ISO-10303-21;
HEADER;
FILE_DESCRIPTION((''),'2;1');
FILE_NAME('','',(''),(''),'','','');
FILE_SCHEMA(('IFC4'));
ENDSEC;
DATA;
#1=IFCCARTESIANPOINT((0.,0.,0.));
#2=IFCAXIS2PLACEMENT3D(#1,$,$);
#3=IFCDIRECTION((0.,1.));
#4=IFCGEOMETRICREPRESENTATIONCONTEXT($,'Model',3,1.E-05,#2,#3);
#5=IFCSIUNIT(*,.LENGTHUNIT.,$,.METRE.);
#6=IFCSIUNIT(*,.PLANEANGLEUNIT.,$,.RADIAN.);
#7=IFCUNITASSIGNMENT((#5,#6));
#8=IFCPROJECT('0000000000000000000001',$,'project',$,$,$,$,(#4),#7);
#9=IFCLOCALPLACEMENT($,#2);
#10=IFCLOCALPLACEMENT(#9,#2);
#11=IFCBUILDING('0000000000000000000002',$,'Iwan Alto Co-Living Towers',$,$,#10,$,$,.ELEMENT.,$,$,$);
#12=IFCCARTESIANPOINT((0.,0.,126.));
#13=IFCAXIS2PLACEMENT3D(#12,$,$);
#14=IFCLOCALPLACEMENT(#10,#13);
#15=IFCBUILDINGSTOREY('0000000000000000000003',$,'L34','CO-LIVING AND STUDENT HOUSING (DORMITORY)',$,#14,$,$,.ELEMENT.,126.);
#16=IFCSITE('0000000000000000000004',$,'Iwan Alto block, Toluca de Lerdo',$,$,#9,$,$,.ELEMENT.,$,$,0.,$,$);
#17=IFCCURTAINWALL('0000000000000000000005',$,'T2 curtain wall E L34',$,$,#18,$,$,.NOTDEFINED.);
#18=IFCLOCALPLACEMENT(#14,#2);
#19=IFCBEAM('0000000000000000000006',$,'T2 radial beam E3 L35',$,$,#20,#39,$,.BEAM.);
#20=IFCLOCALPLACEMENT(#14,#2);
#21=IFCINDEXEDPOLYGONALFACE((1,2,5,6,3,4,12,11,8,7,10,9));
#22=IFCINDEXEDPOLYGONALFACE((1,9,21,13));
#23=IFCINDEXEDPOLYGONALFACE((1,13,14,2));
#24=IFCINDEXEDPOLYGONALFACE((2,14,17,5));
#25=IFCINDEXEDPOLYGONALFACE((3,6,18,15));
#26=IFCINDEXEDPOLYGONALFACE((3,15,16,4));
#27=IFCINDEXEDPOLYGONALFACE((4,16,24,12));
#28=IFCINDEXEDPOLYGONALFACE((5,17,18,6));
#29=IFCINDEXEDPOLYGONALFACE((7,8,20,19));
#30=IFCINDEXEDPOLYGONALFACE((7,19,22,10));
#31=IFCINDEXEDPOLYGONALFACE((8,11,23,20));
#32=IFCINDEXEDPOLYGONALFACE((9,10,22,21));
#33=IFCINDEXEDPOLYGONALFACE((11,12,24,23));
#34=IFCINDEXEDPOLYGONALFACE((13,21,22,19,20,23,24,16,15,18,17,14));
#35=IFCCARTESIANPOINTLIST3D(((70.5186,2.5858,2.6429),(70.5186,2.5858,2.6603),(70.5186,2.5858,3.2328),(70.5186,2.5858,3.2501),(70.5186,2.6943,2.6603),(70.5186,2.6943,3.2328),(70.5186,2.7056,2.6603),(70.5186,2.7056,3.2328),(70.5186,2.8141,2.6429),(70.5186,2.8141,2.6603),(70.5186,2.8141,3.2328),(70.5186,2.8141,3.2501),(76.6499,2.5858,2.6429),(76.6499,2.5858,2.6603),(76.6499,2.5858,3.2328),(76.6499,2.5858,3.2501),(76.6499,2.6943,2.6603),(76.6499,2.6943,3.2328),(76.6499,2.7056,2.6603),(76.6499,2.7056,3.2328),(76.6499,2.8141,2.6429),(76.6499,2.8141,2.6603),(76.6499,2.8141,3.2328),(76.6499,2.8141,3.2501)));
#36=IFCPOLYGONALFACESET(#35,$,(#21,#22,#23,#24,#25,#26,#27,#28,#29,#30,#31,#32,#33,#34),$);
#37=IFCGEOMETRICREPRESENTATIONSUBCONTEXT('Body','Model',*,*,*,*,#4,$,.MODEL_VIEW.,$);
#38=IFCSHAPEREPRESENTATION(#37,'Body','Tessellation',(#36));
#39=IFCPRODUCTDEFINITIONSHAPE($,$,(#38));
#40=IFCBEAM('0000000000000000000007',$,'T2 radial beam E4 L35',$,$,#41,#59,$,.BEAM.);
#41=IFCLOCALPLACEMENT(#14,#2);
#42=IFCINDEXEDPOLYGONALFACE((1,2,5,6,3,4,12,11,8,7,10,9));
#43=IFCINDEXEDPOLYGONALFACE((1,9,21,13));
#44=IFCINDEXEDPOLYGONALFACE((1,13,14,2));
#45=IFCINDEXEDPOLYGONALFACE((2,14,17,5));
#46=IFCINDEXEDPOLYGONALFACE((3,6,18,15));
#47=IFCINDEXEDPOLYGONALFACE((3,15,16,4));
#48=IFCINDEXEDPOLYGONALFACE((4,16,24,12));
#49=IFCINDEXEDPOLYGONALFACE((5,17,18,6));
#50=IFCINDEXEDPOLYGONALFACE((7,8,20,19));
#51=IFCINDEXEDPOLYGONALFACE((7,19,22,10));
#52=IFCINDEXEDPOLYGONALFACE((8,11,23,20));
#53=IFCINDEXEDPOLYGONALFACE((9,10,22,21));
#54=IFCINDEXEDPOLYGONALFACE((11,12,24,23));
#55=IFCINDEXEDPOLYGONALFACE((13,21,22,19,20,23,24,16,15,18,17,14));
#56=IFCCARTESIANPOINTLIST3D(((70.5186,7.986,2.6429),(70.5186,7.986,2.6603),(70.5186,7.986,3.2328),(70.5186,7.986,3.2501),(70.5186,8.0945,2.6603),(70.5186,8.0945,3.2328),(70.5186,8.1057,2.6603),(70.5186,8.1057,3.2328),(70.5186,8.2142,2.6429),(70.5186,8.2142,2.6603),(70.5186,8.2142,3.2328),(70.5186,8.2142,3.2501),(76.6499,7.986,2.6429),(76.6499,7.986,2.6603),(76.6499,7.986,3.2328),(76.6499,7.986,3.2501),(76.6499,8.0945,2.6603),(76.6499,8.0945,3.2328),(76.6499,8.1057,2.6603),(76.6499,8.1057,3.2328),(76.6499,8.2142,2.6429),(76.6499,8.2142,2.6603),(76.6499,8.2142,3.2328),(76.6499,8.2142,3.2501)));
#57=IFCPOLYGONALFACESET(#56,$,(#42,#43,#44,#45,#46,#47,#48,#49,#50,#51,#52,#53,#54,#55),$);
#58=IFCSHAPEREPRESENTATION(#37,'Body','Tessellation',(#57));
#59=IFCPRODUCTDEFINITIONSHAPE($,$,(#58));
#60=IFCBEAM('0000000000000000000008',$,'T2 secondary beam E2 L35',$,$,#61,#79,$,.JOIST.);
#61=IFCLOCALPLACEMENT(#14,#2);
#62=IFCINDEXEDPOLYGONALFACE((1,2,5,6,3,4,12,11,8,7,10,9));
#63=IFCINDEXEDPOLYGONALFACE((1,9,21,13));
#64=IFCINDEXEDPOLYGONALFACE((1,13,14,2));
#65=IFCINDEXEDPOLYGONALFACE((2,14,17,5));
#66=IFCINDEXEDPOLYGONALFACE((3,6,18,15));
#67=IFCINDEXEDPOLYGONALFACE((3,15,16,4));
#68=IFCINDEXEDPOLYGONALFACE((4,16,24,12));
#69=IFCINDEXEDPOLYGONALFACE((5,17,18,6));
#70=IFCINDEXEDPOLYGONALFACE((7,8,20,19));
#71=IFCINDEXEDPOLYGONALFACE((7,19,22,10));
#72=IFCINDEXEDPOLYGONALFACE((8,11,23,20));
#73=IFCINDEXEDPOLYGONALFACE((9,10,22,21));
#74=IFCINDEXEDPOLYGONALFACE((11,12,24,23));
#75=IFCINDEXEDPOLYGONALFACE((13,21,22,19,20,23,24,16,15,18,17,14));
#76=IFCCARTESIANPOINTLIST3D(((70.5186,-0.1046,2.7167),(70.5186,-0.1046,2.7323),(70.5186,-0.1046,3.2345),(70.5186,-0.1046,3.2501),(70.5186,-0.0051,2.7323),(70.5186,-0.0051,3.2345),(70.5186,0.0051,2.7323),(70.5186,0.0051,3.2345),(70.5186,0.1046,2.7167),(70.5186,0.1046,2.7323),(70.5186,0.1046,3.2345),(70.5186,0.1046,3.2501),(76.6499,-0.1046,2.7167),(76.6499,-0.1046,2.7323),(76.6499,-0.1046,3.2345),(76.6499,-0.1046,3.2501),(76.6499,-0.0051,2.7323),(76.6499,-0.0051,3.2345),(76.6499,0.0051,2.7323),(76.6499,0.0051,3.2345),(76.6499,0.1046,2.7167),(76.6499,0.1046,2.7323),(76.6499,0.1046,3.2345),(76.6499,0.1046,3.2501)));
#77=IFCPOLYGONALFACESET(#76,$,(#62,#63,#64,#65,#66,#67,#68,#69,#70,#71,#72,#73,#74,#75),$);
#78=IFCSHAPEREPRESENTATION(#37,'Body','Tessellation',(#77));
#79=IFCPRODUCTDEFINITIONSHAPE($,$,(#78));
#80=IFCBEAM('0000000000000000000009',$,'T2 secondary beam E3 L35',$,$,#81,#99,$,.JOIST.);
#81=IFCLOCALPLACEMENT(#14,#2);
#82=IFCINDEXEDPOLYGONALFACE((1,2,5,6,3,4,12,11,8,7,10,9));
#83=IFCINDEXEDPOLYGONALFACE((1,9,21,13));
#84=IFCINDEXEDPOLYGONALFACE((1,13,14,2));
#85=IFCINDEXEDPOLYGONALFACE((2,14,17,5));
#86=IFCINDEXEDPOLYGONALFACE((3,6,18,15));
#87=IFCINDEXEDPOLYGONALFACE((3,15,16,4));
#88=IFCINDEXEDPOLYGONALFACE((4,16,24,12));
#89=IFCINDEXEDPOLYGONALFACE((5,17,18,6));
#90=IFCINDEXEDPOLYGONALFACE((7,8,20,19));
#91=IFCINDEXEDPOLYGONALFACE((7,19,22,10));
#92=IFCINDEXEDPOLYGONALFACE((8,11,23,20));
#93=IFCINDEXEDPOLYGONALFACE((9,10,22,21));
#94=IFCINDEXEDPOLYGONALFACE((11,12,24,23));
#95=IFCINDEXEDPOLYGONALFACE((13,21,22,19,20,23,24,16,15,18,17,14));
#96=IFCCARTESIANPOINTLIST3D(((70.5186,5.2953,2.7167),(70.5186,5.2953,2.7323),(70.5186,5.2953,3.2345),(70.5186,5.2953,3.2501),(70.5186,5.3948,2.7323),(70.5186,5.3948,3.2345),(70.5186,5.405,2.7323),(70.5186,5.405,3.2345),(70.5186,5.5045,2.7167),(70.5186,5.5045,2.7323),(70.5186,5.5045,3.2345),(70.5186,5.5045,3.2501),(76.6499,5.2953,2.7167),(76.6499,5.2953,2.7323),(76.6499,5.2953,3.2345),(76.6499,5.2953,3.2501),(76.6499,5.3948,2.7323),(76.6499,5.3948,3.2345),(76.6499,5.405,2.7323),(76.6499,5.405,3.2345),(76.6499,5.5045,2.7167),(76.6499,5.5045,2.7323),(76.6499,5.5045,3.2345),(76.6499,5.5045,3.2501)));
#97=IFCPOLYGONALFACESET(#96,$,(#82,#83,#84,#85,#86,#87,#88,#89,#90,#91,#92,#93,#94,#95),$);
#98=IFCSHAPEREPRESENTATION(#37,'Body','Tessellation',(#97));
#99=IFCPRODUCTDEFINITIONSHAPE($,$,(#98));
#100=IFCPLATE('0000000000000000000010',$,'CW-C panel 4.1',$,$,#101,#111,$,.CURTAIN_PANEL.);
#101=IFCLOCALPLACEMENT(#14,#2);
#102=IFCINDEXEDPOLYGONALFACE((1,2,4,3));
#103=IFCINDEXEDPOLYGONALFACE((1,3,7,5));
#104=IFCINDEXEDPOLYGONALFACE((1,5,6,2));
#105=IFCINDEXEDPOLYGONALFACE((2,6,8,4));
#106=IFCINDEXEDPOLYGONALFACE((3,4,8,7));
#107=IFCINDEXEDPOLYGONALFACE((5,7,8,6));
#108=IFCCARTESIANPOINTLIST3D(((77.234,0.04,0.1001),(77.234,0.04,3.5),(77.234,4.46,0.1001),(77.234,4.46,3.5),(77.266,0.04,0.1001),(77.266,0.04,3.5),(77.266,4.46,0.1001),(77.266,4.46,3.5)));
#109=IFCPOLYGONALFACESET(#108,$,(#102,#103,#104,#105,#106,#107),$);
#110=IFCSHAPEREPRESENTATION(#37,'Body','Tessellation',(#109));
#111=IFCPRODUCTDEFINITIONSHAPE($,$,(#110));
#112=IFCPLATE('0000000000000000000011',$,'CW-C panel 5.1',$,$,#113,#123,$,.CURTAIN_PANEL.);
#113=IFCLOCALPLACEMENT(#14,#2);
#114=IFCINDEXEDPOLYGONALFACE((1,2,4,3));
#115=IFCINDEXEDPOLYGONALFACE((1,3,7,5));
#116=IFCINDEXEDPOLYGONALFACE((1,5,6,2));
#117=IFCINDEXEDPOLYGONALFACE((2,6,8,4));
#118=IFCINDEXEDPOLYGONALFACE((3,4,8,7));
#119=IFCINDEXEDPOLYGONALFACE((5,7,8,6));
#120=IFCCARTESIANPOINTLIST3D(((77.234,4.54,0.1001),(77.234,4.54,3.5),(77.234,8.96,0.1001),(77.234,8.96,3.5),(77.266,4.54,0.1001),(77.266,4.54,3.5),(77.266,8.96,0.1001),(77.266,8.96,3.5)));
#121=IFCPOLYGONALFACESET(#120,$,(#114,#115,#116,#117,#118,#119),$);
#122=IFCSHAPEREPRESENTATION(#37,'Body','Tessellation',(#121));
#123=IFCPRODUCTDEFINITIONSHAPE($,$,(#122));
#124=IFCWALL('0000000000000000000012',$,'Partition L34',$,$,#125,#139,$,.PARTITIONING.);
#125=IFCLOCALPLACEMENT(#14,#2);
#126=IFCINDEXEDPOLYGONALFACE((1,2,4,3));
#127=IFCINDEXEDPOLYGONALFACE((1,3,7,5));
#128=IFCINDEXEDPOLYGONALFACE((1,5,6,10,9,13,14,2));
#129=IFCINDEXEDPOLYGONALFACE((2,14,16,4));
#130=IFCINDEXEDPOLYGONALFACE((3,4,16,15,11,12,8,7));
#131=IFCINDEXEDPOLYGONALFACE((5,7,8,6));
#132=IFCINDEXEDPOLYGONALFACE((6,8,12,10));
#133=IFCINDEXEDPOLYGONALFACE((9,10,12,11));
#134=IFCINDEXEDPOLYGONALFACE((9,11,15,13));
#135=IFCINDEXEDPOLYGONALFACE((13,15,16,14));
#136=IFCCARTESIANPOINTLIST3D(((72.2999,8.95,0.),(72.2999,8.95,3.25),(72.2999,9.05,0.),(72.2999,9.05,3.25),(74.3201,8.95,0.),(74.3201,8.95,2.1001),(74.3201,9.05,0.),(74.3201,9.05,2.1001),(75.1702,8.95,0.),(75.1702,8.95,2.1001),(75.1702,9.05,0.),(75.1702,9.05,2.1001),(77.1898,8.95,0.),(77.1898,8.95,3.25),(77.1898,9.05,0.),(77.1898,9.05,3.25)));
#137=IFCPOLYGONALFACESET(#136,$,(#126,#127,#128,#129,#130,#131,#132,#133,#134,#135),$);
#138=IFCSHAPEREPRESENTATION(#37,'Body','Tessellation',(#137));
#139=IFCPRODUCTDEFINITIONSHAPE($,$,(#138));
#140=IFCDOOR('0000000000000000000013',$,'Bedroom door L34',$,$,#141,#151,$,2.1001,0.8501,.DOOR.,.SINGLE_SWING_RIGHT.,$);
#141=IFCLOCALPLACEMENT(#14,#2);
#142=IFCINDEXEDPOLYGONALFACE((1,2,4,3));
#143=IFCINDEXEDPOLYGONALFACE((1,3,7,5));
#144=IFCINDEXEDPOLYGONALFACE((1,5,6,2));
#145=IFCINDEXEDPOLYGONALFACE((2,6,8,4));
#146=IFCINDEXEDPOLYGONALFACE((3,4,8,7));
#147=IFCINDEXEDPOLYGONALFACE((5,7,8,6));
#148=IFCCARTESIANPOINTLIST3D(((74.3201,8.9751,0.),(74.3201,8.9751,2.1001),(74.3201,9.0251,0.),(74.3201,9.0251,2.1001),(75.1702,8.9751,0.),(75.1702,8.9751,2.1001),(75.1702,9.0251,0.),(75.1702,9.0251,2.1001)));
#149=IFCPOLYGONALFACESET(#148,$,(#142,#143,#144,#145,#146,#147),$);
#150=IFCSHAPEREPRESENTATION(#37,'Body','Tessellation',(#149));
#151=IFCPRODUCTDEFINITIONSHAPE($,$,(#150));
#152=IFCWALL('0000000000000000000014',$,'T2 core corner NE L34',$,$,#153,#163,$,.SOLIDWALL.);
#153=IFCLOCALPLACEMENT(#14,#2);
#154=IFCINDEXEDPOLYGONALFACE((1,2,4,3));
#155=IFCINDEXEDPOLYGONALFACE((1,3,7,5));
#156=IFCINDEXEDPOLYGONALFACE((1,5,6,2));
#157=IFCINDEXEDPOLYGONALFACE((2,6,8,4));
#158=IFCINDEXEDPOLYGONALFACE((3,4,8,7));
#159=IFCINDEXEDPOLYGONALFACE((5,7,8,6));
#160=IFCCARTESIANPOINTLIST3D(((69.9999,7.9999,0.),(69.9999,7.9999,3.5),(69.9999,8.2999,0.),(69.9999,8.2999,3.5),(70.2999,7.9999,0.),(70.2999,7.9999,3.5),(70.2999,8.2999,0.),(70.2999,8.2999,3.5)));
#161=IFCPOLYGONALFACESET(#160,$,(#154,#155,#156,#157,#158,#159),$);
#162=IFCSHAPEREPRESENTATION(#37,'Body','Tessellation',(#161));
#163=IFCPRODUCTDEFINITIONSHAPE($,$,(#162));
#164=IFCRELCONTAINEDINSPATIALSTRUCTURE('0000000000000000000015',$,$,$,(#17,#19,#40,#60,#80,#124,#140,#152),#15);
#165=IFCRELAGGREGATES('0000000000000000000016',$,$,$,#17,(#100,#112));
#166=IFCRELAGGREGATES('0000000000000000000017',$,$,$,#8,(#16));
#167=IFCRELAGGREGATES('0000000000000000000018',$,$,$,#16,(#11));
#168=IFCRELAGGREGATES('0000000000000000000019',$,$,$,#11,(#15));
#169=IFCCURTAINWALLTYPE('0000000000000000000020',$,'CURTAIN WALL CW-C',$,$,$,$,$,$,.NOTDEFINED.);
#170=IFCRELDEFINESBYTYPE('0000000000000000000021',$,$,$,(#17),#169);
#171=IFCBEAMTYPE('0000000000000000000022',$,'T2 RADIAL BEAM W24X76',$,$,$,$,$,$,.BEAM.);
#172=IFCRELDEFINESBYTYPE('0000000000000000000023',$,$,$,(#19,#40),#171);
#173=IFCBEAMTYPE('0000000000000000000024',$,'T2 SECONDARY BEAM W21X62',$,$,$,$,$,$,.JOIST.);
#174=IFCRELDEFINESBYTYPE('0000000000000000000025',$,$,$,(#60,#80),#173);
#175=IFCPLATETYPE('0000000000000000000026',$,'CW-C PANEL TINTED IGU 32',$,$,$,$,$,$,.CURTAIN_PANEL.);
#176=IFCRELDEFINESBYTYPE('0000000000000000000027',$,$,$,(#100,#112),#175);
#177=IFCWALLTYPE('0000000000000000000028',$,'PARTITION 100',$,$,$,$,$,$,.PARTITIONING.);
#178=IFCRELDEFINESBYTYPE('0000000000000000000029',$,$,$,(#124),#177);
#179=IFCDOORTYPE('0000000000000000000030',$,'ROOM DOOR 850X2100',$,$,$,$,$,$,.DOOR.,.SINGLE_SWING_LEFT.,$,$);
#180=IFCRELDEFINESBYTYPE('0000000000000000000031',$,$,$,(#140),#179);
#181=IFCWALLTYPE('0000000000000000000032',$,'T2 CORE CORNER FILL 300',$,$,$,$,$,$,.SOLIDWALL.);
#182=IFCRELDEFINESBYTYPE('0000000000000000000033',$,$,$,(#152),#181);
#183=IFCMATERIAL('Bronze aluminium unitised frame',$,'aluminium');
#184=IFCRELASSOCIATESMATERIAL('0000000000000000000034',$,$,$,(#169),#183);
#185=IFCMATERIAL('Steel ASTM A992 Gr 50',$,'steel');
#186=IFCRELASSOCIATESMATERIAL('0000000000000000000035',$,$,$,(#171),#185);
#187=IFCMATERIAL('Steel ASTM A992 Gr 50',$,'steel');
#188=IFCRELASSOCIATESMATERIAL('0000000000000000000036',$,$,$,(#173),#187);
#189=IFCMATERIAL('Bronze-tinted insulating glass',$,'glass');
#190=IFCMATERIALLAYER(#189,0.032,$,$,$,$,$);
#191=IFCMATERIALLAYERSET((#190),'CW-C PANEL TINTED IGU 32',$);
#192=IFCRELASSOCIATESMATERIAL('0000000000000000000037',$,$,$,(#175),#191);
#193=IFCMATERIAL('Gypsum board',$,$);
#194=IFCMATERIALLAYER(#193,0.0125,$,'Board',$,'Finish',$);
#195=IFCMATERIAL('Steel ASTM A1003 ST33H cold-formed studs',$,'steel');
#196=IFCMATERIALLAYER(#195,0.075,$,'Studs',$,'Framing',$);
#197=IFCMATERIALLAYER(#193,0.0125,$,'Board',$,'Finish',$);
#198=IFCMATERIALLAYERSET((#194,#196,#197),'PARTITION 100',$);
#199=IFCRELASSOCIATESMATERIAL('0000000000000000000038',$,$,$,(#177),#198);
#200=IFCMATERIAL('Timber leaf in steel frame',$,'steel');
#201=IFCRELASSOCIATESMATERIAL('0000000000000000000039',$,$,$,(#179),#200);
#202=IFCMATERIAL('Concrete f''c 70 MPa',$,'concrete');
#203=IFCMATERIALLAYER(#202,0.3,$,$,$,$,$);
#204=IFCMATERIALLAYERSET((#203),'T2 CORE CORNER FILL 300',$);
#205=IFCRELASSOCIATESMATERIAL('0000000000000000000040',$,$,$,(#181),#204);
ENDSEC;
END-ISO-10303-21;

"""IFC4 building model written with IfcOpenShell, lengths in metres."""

from ifc_helpers import new_model, si_unit, direction, frame, frame_2d, origin, origin_2d, place, context, subcontext, project, spatial, rectangle, i_section, extrude, material, layer, layer_set, material_profile, profile_set, type_object, element, fill, aggregate, save


model = new_model("IFC4")

# Units and contexts
model_context = context("Model", 3, precision=1e-05, world=origin(), true_north=direction((0.0, 1.0)))
body_context = subcontext(model_context, "Body", "Model", "MODEL_VIEW")
ifc_project = project(units=[si_unit("LENGTHUNIT", "METRE"), si_unit("PLANEANGLEUNIT", "RADIAN")], contexts=[model_context])

# Site, building, storey
site_placement = place(None, origin())
site = spatial("IfcSite", under=ifc_project, at=site_placement, Name="Iwan Alto block, Toluca de Lerdo", CompositionType="ELEMENT", RefElevation=0.0)
building_placement = place(site_placement, origin())
building = spatial("IfcBuilding", under=site, at=building_placement, Name="Iwan Alto Co-Living Towers", CompositionType="ELEMENT")
storey_placement = place(building_placement, frame((0.0, 0.0, 126.0)))
storey = spatial("IfcBuildingStorey", under=building, at=storey_placement, Name="L34", Description="CO-LIVING AND STUDENT HOUSING (DORMITORY)", CompositionType="ELEMENT", Elevation=126.0)

# Curtain wall
ifc_material_1 = material(Name="Bronze aluminium unitised frame", Category="aluminium")
curtain_wall_type = type_object("IfcCurtainWallType", Name="CURTAIN WALL CW-C", PredefinedType="NOTDEFINED", material=ifc_material_1)
curtain_wall_placement = place(storey_placement, origin())
curtain_wall = element("IfcCurtainWall", 1, at=curtain_wall_placement, inside=storey, type_object=curtain_wall_type, Name="T2 curtain wall E L34", PredefinedType="NOTDEFINED")

# Beams
ifc_material_2 = material(Name="Steel ASTM A992 Gr 50", Category="steel")
ifc_material_profile_1 = material_profile(ifc_material_2, i_section(OverallWidth=0.2283, OverallDepth=0.6072, WebThickness=0.0112, FlangeThickness=0.0173, at=origin_2d()), Name="W24X76")
ifc_profile_set_1 = profile_set([ifc_material_profile_1], Name="Steel ASTM A992 Gr 50")
beam_type_1 = type_object("IfcBeamType", Name="T2 RADIAL BEAM W24X76", PredefinedType="BEAM", material=ifc_profile_set_1)
for number, where, z_axis, x_axis, name in (
    (2, (76.6499, 2.7, 2.9465), (-1.0, 0.0, 0.0), (0.0, -1.0, 0.0), "T2 radial beam E3 L35"),
    (3, (76.6499, 8.1001, 2.9465), (-1.0, 0.0, 0.0), (0.0, -1.0, 0.0), "T2 radial beam E4 L35"),
):
    element("IfcBeam", number, at=place(storey_placement, frame(where, z_axis=z_axis, x_axis=x_axis)), inside=storey, type_object=beam_type_1, Name=name, PredefinedType="BEAM", context=body_context, shape_type="SweptSolid", body=[
        extrude(i_section(OverallWidth=0.2283, OverallDepth=0.6072, WebThickness=0.0112, FlangeThickness=0.0173, at=origin_2d()), origin(), (0.0, 0.0, 1.0), 6.1313),
    ])
ifc_material_3 = material(Name="Steel ASTM A992 Gr 50", Category="steel")
ifc_material_profile_2 = material_profile(ifc_material_3, i_section(OverallWidth=0.2092, OverallDepth=0.5334, WebThickness=0.0103, FlangeThickness=0.0156, at=origin_2d()), Name="W21X62")
ifc_profile_set_2 = profile_set([ifc_material_profile_2], Name="Steel ASTM A992 Gr 50")
beam_type_2 = type_object("IfcBeamType", Name="T2 SECONDARY BEAM W21X62", PredefinedType="JOIST", material=ifc_profile_set_2)
for number, where, z_axis, x_axis, name in (
    (4, (76.6499, 0.0, 2.9834), (-1.0, 0.0, 0.0), (0.0, -1.0, 0.0), "T2 secondary beam E2 L35"),
    (5, (76.6499, 5.3999, 2.9834), (-1.0, 0.0, 0.0), (0.0, -1.0, 0.0), "T2 secondary beam E3 L35"),
):
    element("IfcBeam", number, at=place(storey_placement, frame(where, z_axis=z_axis, x_axis=x_axis)), inside=storey, type_object=beam_type_2, Name=name, PredefinedType="JOIST", context=body_context, shape_type="SweptSolid", body=[
        extrude(i_section(OverallWidth=0.2092, OverallDepth=0.5334, WebThickness=0.0103, FlangeThickness=0.0156, at=origin_2d()), origin(), (0.0, 0.0, 1.0), 6.1313),
    ])

# Plates
ifc_material_4 = material(Name="Bronze-tinted insulating glass", Category="glass")
ifc_layer_1 = layer(ifc_material_4, 0.032)
ifc_layer_set_1 = layer_set([ifc_layer_1], Name="CW-C PANEL TINTED IGU 32")
plate_type = type_object("IfcPlateType", Name="CW-C PANEL TINTED IGU 32", PredefinedType="CURTAIN_PANEL", material=ifc_layer_set_1)
plate_1_placement = place(storey_placement, frame((77.25, 2.25, 0.1001), z_axis=(0.0, 0.0, 1.0), x_axis=(0.0, 1.0, 0.0)))
plate_1 = element("IfcPlate", 6, at=plate_1_placement, type_object=plate_type, Name="CW-C panel 4.1", PredefinedType="CURTAIN_PANEL", context=body_context, shape_type="SweptSolid", body=[
    extrude(rectangle(XDim=4.4199, YDim=0.032, at=origin_2d()), origin(), (0.0, 0.0, 1.0), 3.3999),
])
plate_2_placement = place(storey_placement, frame((77.25, 6.75, 0.1001), z_axis=(0.0, 0.0, 1.0), x_axis=(0.0, 1.0, 0.0)))
plate_2 = element("IfcPlate", 7, at=plate_2_placement, type_object=plate_type, Name="CW-C panel 5.1", PredefinedType="CURTAIN_PANEL", context=body_context, shape_type="SweptSolid", body=[
    extrude(rectangle(XDim=4.4199, YDim=0.032, at=origin_2d()), origin(), (0.0, 0.0, 1.0), 3.3999),
])
aggregate(curtain_wall, [plate_1, plate_2])

# Wall, opening, door
ifc_material_5 = material(Name="Gypsum board")
ifc_layer_2 = layer(ifc_material_5, 0.0125, Name="Board", Category="Finish")
ifc_material_6 = material(Name="Steel ASTM A1003 ST33H cold-formed studs", Category="steel")
ifc_layer_3 = layer(ifc_material_6, 0.075, Name="Studs", Category="Framing")
ifc_layer_4 = layer(ifc_material_5, 0.0125, Name="Board", Category="Finish")
ifc_layer_set_2 = layer_set([ifc_layer_2, ifc_layer_3, ifc_layer_4], Name="PARTITION 100")
wall_type_1 = type_object("IfcWallType", Name="PARTITION 100", PredefinedType="PARTITIONING", material=ifc_layer_set_2)
wall_1_placement = place(storey_placement, frame((72.3, 9.0, 0.0), z_axis=(0.0, 0.0, 1.0), x_axis=(1.0, 0.0, 0.0)))
wall_1 = element("IfcWall", 8, at=wall_1_placement, inside=storey, type_object=wall_type_1, Name="Partition L34", PredefinedType="PARTITIONING", context=body_context, shape_type="SweptSolid", body=[
    extrude(rectangle(XDim=4.8899, YDim=0.1001, at=frame_2d((2.4448, 0.0))), origin(), (0.0, 0.0, 1.0), 3.25),
])
opening_1_placement = place(wall_1_placement, frame((2.02, 0.0, 0.0)))
opening_1 = element("IfcOpeningElement", 9, at=opening_1_placement, cuts=wall_1, PredefinedType="OPENING", context=body_context, shape_type="SweptSolid", body=[
    extrude(rectangle(XDim=0.8501, YDim=2.1001, at=frame_2d((0.425, 1.05))), frame((0.0, 0.0601, 0.0), z_axis=(0.0, -1.0, 0.0), x_axis=(1.0, 0.0, 0.0)), (0.0, 0.0, 1.0), 0.1201),
])
ifc_material_7 = material(Name="Timber leaf in steel frame", Category="steel")
door_type = type_object("IfcDoorType", Name="ROOM DOOR 850X2100", OperationType="SINGLE_SWING_LEFT", PredefinedType="DOOR", material=ifc_material_7)
door_1_placement = place(opening_1_placement, frame((0.8501, 0.0, 0.0), z_axis=(0.0, 0.0, 1.0), x_axis=(-1.0, 0.0, 0.0)))
door_1 = element("IfcDoor", 10, at=door_1_placement, inside=storey, type_object=door_type, Name="Bedroom door L34", OperationType="SINGLE_SWING_RIGHT", OverallHeight=2.1001, OverallWidth=0.8501, PredefinedType="DOOR", context=body_context, shape_type="SweptSolid", body=[
    extrude(rectangle(XDim=0.8501, YDim=2.1001, at=frame_2d((0.425, 1.05))), frame((0.0, 0.0249, 0.0), z_axis=(0.0, -1.0, 0.0), x_axis=(1.0, 0.0, 0.0)), (0.0, 0.0, 1.0), 0.05),
])
fill(opening_1, door_1)

# Wall
ifc_material_8 = material(Name="Concrete f'c 70 MPa", Category="concrete")
ifc_layer_5 = layer(ifc_material_8, 0.3)
ifc_layer_set_3 = layer_set([ifc_layer_5], Name="T2 CORE CORNER FILL 300")
wall_type_2 = type_object("IfcWallType", Name="T2 CORE CORNER FILL 300", PredefinedType="SOLIDWALL", material=ifc_layer_set_3)
wall_2_placement = place(storey_placement, frame((70.0, 8.1499, 0.0), z_axis=(0.0, 0.0, 1.0), x_axis=(1.0, 0.0, 0.0)))
element("IfcWall", 11, at=wall_2_placement, inside=storey, type_object=wall_type_2, Name="T2 core corner NE L34", PredefinedType="SOLIDWALL", context=body_context, shape_type="SweptSolid", body=[
    extrude(rectangle(XDim=0.3, YDim=0.3, at=frame_2d((0.1499, 0.0))), origin(), (0.0, 0.0, 1.0), 3.5),
])

save(model, "model.ifc")
